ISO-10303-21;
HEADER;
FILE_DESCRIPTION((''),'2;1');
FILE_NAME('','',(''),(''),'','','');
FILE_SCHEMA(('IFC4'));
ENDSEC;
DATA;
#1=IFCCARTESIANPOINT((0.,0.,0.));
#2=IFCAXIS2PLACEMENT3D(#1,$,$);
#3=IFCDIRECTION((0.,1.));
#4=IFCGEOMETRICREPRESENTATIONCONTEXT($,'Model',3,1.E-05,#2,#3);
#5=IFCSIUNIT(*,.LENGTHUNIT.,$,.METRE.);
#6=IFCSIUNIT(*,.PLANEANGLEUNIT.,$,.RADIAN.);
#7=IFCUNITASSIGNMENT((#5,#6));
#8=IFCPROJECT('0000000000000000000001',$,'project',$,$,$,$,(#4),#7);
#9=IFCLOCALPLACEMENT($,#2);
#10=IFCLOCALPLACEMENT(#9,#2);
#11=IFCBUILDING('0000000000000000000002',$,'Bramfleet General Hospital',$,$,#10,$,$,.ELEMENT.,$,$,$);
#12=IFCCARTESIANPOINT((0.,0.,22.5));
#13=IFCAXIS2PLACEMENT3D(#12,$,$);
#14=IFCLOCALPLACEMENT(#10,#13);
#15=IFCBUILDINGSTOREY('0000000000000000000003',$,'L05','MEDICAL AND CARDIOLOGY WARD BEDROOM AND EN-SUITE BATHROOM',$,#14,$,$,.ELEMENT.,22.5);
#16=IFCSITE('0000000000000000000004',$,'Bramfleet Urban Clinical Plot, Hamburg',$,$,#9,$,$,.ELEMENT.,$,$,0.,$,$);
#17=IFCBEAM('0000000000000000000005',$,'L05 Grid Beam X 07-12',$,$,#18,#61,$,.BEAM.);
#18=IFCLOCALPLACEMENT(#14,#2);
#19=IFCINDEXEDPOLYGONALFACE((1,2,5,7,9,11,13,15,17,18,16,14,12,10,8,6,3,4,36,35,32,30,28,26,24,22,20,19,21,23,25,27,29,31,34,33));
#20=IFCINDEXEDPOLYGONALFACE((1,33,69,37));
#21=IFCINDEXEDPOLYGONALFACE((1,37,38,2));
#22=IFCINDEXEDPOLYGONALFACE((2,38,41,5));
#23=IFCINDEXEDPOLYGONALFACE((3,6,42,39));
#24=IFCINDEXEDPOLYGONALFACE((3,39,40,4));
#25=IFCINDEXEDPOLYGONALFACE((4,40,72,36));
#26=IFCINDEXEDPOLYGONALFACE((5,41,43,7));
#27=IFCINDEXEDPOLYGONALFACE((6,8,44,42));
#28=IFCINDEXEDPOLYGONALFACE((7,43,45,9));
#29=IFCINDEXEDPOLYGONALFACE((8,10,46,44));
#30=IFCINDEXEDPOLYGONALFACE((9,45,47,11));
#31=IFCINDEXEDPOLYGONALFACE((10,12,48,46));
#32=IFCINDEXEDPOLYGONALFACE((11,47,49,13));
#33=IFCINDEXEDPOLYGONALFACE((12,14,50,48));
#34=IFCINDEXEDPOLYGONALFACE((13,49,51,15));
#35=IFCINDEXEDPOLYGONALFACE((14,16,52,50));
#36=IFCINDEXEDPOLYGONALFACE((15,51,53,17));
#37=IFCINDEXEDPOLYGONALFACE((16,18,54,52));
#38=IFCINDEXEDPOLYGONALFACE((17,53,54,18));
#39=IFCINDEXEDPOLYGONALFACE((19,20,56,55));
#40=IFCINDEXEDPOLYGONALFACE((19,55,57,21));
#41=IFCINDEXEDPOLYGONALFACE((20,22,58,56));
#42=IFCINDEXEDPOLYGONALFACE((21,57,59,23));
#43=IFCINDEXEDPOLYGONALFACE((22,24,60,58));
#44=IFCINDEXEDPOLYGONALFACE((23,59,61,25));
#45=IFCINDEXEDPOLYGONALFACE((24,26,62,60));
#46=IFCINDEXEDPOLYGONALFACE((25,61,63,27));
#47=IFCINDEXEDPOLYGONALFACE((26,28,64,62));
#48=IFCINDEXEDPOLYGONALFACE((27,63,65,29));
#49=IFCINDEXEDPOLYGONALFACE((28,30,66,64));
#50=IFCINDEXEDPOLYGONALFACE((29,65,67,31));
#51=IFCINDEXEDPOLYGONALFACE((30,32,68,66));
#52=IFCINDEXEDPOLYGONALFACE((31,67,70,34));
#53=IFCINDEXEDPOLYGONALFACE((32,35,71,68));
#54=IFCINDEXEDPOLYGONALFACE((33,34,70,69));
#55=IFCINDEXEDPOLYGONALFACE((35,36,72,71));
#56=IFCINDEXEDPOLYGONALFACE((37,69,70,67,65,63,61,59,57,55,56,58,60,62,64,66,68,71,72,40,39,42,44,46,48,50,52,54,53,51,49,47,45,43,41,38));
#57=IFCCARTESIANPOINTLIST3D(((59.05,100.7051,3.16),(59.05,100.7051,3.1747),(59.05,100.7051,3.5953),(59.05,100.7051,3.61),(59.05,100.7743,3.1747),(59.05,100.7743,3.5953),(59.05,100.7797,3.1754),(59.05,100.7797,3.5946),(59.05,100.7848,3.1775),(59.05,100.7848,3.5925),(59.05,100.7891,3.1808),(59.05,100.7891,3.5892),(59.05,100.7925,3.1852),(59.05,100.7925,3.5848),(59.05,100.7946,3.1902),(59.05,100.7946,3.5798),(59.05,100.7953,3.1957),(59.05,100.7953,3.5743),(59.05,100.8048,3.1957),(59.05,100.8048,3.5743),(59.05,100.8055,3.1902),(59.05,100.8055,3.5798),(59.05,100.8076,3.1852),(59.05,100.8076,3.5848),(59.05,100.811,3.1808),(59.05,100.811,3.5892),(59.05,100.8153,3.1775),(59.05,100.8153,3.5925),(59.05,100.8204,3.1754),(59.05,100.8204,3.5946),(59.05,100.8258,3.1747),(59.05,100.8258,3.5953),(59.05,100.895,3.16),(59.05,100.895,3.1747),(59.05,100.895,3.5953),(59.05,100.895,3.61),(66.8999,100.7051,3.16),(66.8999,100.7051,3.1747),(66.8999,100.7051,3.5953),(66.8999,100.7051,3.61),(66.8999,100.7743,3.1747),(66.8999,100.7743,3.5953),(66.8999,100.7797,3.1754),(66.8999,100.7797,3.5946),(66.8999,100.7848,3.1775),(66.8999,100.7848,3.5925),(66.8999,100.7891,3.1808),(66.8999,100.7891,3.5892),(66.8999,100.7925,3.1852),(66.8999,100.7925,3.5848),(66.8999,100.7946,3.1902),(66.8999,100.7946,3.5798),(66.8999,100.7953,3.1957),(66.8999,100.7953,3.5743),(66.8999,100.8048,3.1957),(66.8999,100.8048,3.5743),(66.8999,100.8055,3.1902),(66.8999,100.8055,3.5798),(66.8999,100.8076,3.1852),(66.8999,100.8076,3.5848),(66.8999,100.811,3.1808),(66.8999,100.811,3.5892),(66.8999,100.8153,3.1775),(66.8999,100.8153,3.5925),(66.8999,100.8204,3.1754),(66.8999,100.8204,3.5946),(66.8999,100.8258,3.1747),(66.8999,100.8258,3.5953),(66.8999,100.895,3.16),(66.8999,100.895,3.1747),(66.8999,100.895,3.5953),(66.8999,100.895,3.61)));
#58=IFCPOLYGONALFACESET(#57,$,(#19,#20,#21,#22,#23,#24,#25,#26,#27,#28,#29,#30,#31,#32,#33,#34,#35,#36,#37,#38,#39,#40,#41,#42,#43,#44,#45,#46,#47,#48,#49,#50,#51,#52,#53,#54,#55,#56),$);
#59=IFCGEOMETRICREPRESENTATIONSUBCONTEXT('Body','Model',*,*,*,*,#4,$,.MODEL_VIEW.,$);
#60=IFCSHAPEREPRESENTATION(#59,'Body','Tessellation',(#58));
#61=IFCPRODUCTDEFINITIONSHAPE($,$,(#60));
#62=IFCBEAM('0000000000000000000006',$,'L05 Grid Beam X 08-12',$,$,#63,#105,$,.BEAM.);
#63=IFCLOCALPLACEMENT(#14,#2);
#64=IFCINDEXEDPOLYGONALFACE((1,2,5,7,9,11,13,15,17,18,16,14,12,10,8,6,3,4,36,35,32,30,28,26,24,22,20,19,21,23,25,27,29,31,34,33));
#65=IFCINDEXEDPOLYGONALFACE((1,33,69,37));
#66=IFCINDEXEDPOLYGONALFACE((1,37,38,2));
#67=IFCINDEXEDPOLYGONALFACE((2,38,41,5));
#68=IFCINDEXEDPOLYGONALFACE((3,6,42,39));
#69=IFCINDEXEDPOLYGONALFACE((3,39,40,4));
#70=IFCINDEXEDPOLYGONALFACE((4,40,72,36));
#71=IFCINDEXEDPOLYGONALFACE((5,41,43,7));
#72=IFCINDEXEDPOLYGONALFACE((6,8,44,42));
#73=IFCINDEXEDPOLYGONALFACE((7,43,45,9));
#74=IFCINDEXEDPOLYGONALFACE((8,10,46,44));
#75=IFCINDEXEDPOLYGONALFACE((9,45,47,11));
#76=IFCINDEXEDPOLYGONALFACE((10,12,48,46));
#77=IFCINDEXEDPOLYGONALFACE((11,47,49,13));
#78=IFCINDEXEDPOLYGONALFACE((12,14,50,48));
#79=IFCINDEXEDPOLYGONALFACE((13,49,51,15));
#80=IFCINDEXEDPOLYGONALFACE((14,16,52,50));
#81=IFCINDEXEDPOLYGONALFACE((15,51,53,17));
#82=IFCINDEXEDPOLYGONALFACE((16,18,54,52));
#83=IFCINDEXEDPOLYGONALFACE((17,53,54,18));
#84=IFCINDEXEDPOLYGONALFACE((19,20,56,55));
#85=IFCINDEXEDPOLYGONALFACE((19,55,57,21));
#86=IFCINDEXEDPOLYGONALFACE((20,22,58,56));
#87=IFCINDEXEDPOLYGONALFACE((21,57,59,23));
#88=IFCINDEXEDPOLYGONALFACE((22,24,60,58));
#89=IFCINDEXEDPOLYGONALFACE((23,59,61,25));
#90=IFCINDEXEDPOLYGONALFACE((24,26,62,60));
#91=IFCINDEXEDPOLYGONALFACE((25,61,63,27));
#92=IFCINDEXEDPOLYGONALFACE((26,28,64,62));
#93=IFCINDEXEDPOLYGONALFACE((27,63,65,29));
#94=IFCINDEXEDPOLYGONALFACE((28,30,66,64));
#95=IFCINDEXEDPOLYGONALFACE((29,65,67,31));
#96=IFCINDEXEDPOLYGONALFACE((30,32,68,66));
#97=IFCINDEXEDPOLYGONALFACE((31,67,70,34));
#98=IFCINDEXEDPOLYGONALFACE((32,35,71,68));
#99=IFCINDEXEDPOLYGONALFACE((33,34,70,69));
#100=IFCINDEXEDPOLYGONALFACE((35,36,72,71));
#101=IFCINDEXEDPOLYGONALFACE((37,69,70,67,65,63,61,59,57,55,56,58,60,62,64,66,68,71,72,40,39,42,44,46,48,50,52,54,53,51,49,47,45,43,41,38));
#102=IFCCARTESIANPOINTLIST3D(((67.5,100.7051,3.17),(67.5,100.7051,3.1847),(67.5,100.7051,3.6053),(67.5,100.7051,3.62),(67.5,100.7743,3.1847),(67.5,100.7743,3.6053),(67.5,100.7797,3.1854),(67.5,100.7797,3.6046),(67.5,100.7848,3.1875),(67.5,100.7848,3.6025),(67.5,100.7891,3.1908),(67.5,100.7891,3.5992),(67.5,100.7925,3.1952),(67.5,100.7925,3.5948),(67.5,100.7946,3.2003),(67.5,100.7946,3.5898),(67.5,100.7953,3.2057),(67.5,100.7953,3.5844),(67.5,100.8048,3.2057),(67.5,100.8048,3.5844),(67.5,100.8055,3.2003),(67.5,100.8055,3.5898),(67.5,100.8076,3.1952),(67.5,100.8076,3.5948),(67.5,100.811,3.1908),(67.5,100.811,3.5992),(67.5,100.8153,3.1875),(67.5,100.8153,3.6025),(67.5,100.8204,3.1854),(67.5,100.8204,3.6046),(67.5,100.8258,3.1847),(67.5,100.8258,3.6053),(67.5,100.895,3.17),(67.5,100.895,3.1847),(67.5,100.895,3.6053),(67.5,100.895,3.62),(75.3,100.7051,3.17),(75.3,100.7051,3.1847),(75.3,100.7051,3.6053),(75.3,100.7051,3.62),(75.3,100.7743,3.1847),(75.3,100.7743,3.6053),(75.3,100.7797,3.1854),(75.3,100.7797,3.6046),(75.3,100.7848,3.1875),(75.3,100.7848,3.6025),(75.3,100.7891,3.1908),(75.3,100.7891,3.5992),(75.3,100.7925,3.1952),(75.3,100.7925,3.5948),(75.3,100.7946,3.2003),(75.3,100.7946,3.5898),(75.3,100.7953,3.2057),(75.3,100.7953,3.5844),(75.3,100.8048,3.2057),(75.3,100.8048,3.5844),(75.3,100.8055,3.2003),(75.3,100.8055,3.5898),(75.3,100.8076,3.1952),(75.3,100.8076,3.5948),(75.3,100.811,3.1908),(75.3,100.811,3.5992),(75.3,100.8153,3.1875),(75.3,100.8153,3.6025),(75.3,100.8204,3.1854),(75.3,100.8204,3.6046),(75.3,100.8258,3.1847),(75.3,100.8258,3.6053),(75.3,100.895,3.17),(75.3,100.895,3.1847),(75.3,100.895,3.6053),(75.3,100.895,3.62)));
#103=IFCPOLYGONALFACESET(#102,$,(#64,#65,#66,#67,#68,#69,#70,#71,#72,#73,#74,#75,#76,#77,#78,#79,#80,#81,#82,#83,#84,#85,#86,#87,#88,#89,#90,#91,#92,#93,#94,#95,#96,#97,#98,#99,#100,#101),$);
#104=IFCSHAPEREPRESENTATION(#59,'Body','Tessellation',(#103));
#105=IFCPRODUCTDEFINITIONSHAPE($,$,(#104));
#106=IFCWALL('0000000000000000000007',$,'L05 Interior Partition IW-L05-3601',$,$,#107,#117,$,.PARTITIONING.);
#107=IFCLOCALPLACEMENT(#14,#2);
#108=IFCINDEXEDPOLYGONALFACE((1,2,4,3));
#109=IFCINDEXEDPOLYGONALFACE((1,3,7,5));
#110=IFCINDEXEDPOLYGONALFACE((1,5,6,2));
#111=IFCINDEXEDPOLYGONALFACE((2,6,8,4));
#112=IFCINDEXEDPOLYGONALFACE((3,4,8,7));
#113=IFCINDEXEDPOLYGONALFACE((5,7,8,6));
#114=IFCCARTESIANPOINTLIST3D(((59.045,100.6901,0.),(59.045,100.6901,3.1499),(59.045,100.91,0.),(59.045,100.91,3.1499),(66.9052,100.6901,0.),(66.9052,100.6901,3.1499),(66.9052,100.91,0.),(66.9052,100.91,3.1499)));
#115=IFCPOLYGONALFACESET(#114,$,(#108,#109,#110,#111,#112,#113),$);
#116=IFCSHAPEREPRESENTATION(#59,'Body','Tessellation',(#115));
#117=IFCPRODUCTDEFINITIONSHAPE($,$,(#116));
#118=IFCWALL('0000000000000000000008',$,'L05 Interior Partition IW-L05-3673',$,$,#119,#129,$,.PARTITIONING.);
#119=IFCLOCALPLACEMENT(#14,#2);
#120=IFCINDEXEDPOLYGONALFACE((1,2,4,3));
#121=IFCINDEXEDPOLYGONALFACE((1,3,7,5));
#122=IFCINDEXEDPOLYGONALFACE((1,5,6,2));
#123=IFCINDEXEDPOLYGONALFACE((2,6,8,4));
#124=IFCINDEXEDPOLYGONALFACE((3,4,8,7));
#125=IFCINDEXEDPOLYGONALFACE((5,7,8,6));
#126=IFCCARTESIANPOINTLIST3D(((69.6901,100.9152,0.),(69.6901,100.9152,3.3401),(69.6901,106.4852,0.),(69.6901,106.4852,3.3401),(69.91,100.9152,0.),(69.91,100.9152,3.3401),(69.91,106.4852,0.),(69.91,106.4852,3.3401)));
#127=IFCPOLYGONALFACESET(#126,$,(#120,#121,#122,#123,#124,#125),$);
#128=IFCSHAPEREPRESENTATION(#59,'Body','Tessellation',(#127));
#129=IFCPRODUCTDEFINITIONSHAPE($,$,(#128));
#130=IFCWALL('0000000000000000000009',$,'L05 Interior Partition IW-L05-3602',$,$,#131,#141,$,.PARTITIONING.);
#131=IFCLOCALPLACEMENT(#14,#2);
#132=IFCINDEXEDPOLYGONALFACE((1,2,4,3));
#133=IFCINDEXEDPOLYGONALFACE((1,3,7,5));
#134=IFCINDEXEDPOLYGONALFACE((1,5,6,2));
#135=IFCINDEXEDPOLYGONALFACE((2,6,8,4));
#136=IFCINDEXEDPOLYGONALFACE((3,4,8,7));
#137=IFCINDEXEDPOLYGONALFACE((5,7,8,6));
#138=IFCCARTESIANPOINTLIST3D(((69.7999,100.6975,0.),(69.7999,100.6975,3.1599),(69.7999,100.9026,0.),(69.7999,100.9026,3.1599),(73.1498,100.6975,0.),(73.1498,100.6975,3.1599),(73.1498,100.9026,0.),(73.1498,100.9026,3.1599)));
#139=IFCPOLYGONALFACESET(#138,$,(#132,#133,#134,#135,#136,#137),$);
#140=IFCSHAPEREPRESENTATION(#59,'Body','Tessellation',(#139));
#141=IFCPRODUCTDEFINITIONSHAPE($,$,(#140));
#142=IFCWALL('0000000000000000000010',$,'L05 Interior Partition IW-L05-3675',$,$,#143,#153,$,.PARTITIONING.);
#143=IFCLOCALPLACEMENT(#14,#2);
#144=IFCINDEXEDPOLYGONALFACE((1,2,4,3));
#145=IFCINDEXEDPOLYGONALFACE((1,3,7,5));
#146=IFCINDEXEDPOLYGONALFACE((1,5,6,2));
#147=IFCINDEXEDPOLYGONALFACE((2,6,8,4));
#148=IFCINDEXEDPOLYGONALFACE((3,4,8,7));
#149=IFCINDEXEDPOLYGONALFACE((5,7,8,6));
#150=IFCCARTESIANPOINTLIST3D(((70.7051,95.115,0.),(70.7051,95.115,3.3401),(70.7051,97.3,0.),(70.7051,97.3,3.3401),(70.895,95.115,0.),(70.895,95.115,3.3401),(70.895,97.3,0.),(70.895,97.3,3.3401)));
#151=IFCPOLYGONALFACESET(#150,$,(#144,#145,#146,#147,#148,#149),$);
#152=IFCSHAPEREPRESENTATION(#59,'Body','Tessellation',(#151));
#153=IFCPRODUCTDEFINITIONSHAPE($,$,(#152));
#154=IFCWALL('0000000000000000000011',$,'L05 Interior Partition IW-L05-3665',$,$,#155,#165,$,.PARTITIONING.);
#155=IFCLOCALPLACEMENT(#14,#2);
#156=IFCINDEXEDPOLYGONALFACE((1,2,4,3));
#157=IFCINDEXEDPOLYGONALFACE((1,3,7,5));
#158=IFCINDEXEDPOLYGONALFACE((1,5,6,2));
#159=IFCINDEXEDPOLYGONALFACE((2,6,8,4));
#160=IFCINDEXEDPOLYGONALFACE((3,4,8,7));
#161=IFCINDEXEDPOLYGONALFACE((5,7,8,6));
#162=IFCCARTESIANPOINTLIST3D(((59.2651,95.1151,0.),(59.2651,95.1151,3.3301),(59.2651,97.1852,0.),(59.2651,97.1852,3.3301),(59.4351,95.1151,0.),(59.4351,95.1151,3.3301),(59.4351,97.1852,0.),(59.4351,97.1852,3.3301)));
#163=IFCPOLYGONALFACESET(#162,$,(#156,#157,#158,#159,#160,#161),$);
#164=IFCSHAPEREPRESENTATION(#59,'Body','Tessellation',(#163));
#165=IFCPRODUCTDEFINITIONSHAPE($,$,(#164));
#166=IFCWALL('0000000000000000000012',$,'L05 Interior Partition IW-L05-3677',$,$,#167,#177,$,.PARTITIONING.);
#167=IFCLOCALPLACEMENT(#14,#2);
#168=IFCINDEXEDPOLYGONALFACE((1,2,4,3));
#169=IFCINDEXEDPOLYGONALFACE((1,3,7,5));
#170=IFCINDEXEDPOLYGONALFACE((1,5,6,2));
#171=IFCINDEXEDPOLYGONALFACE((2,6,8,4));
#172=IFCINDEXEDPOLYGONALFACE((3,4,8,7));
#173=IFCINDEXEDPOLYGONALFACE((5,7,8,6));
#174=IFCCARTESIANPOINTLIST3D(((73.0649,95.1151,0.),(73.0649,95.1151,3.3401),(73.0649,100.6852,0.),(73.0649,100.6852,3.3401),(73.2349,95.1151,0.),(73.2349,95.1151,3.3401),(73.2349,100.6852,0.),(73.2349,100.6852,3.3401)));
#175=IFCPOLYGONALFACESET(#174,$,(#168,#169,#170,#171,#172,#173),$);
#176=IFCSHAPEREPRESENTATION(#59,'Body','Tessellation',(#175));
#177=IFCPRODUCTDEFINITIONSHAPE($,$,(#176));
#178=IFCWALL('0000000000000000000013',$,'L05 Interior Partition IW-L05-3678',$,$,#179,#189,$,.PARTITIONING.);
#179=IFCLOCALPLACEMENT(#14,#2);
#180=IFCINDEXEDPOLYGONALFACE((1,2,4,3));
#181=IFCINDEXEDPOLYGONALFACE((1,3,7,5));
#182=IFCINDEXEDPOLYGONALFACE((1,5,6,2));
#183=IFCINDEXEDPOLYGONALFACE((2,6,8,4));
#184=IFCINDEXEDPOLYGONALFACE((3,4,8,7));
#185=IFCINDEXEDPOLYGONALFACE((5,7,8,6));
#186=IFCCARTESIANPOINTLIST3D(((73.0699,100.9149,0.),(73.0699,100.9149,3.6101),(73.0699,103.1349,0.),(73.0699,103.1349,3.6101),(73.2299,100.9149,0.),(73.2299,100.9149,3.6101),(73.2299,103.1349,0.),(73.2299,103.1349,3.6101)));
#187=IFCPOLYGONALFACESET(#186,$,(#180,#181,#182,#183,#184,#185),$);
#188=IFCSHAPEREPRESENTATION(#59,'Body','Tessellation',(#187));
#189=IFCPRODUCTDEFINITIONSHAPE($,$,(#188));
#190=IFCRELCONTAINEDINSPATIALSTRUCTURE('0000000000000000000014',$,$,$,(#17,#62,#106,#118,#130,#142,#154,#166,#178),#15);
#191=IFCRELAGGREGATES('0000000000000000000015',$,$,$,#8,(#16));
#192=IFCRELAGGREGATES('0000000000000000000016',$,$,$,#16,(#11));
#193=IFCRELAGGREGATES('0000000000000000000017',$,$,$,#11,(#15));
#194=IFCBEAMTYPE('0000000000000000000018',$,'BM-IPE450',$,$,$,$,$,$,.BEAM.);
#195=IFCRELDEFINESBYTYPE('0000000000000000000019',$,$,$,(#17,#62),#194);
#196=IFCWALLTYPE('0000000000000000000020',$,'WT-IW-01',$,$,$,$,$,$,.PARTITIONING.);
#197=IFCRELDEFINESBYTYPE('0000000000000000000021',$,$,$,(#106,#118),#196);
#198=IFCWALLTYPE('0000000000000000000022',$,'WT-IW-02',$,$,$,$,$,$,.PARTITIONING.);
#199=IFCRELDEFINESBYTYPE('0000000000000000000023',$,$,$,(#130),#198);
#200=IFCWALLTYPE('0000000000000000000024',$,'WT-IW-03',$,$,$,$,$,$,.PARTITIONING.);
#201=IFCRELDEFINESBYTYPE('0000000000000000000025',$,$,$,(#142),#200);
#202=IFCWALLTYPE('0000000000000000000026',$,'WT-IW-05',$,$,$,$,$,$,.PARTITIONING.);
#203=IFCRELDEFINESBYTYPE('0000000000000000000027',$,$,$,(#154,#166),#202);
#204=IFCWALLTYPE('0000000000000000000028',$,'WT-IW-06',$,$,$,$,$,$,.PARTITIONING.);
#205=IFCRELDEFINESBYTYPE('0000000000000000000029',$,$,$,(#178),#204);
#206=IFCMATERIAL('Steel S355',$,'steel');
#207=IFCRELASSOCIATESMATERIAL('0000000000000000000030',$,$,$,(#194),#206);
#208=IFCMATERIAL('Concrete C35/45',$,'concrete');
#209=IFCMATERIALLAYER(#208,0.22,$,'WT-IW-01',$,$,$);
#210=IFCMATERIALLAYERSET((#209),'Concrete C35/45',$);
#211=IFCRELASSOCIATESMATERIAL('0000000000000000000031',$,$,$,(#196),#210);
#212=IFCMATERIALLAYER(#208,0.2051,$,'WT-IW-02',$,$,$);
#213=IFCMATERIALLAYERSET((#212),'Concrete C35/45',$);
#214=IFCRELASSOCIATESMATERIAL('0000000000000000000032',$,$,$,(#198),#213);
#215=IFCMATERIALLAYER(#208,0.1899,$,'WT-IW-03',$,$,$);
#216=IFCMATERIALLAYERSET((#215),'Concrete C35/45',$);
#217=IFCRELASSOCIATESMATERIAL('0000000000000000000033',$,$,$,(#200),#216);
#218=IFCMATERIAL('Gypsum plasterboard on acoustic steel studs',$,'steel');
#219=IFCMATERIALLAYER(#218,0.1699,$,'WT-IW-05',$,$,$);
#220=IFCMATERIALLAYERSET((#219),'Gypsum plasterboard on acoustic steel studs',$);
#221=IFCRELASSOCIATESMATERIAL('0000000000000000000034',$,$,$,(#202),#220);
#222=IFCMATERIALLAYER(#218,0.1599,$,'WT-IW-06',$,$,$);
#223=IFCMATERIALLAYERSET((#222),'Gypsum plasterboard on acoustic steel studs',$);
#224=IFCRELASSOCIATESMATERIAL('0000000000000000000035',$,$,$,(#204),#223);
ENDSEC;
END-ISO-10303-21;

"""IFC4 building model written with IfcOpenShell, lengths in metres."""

from ifc_helpers import new_model, si_unit, direction, frame, frame_2d, origin, origin_2d, place, context, subcontext, project, spatial, rectangle, i_section, extrude, material, layer, layer_set, material_profile, profile_set, type_object, element, save


model = new_model("IFC4")

# Units and contexts
model_context = context("Model", 3, precision=1e-05, world=origin(), true_north=direction((0.0, 1.0)))
body_context = subcontext(model_context, "Body", "Model", "MODEL_VIEW")
ifc_project = project(units=[si_unit("LENGTHUNIT", "METRE"), si_unit("PLANEANGLEUNIT", "RADIAN")], contexts=[model_context])

# Site, building, storey
site_placement = place(None, origin())
site = spatial("IfcSite", under=ifc_project, at=site_placement, Name="Bramfleet Urban Clinical Plot, Hamburg", CompositionType="ELEMENT", RefElevation=0.0)
building_placement = place(site_placement, origin())
building = spatial("IfcBuilding", under=site, at=building_placement, Name="Bramfleet General Hospital", CompositionType="ELEMENT")
storey_placement = place(building_placement, frame((0.0, 0.0, 22.5)))
storey = spatial("IfcBuildingStorey", under=building, at=storey_placement, Name="L05", Description="MEDICAL AND CARDIOLOGY WARD BEDROOM AND EN-SUITE BATHROOM", CompositionType="ELEMENT", Elevation=22.5)

# Beams
ifc_material_1 = material(Name="Steel S355", Category="steel")
ifc_material_profile_1 = material_profile(ifc_material_1, i_section(OverallWidth=0.1899, OverallDepth=0.45, WebThickness=0.0095, FlangeThickness=0.0146, FilletRadius=0.021, at=origin_2d()), Name="IPE 450")
ifc_profile_set_1 = profile_set([ifc_material_profile_1], Name="Steel S355")
beam_type_1 = type_object("IfcBeamType", Name="BM-IPE450", PredefinedType="BEAM", material=ifc_profile_set_1)
beam_1_placement = place(storey_placement, frame((59.05, 100.8, 3.385), z_axis=(1.0, 0.0, 0.0), x_axis=(0.0, 1.0, 0.0)))
element("IfcBeam", 1, at=beam_1_placement, inside=storey, type_object=beam_type_1, Name="L05 Grid Beam X 07-12", PredefinedType="BEAM", context=body_context, shape_type="SweptSolid", body=[
    extrude(i_section(OverallWidth=0.1899, OverallDepth=0.45, WebThickness=0.0095, FlangeThickness=0.0146, FilletRadius=0.021, at=origin_2d()), origin(), (0.0, 0.0, 1.0), 7.8499),
])
beam_2_placement = place(storey_placement, frame((67.5, 100.8, 3.395), z_axis=(1.0, 0.0, 0.0), x_axis=(0.0, 1.0, 0.0)))
element("IfcBeam", 2, at=beam_2_placement, inside=storey, type_object=beam_type_1, Name="L05 Grid Beam X 08-12", PredefinedType="BEAM", context=body_context, shape_type="SweptSolid", body=[
    extrude(i_section(OverallWidth=0.1899, OverallDepth=0.45, WebThickness=0.0095, FlangeThickness=0.0146, FilletRadius=0.021, at=origin_2d()), origin(), (0.0, 0.0, 1.0), 7.8),
])

# Wall
ifc_material_2 = material(Name="Concrete C35/45", Category="concrete")
ifc_layer_1 = layer(ifc_material_2, 0.22, Name="WT-IW-01")
ifc_layer_set_1 = layer_set([ifc_layer_1], Name="Concrete C35/45")
wall_type_1 = type_object("IfcWallType", Name="WT-IW-01", PredefinedType="PARTITIONING", material=ifc_layer_set_1)
wall_1_placement = place(storey_placement, frame((59.0449, 100.8, 0.0), z_axis=(0.0, 0.0, 1.0), x_axis=(1.0, 0.0, 0.0)))
element("IfcWall", 3, at=wall_1_placement, inside=storey, type_object=wall_type_1, Name="L05 Interior Partition IW-L05-3601", PredefinedType="PARTITIONING", context=body_context, shape_type="SweptSolid", body=[
    extrude(rectangle(XDim=7.8601, YDim=0.22, at=frame_2d((3.9302, 0.0))), origin(), (0.0, 0.0, 1.0), 3.1499),
])

# Walls
wall_2_placement = place(storey_placement, frame((69.8, 100.915, 0.0), z_axis=(0.0, 0.0, 1.0), x_axis=(0.0, 1.0, 0.0)))
element("IfcWall", 4, at=wall_2_placement, inside=storey, type_object=wall_type_1, Name="L05 Interior Partition IW-L05-3673", PredefinedType="PARTITIONING", context=body_context, shape_type="SweptSolid", body=[
    extrude(rectangle(XDim=5.5701, YDim=0.22, at=frame_2d((2.7852, 0.0))), origin(), (0.0, 0.0, 1.0), 3.3401),
])
ifc_layer_2 = layer(ifc_material_2, 0.2051, Name="WT-IW-02")
ifc_layer_set_2 = layer_set([ifc_layer_2], Name="Concrete C35/45")
wall_type_2 = type_object("IfcWallType", Name="WT-IW-02", PredefinedType="PARTITIONING", material=ifc_layer_set_2)
wall_3_placement = place(storey_placement, frame((69.8, 100.8, 0.0), z_axis=(0.0, 0.0, 1.0), x_axis=(1.0, 0.0, 0.0)))
element("IfcWall", 5, at=wall_3_placement, inside=storey, type_object=wall_type_2, Name="L05 Interior Partition IW-L05-3602", PredefinedType="PARTITIONING", context=body_context, shape_type="SweptSolid", body=[
    extrude(rectangle(XDim=3.3499, YDim=0.2051, at=frame_2d((1.6748, 0.0))), origin(), (0.0, 0.0, 1.0), 3.1599),
])
ifc_layer_3 = layer(ifc_material_2, 0.1899, Name="WT-IW-03")
ifc_layer_set_3 = layer_set([ifc_layer_3], Name="Concrete C35/45")
wall_type_3 = type_object("IfcWallType", Name="WT-IW-03", PredefinedType="PARTITIONING", material=ifc_layer_set_3)
wall_4_placement = place(storey_placement, frame((70.8, 95.115, 0.0), z_axis=(0.0, 0.0, 1.0), x_axis=(0.0, 1.0, 0.0)))
element("IfcWall", 6, at=wall_4_placement, inside=storey, type_object=wall_type_3, Name="L05 Interior Partition IW-L05-3675", PredefinedType="PARTITIONING", context=body_context, shape_type="SweptSolid", body=[
    extrude(rectangle(XDim=2.1851, YDim=0.1899, at=frame_2d((1.0925, 0.0))), origin(), (0.0, 0.0, 1.0), 3.3401),
])
ifc_material_3 = material(Name="Gypsum plasterboard on acoustic steel studs", Category="steel")
ifc_layer_4 = layer(ifc_material_3, 0.1699, Name="WT-IW-05")
ifc_layer_set_4 = layer_set([ifc_layer_4], Name="Gypsum plasterboard on acoustic steel studs")
wall_type_4 = type_object("IfcWallType", Name="WT-IW-05", PredefinedType="PARTITIONING", material=ifc_layer_set_4)
wall_5_placement = place(storey_placement, frame((59.3501, 95.115, 0.0), z_axis=(0.0, 0.0, 1.0), x_axis=(0.0, 1.0, 0.0)))
element("IfcWall", 7, at=wall_5_placement, inside=storey, type_object=wall_type_4, Name="L05 Interior Partition IW-L05-3665", PredefinedType="PARTITIONING", context=body_context, shape_type="SweptSolid", body=[
    extrude(rectangle(XDim=2.0701, YDim=0.1699, at=frame_2d((1.0352, 0.0))), origin(), (0.0, 0.0, 1.0), 3.3301),
])
wall_6_placement = place(storey_placement, frame((73.1499, 95.115, 0.0), z_axis=(0.0, 0.0, 1.0), x_axis=(0.0, 1.0, 0.0)))
element("IfcWall", 8, at=wall_6_placement, inside=storey, type_object=wall_type_4, Name="L05 Interior Partition IW-L05-3677", PredefinedType="PARTITIONING", context=body_context, shape_type="SweptSolid", body=[
    extrude(rectangle(XDim=5.5701, YDim=0.1699, at=frame_2d((2.7852, 0.0))), origin(), (0.0, 0.0, 1.0), 3.3401),
])
ifc_layer_5 = layer(ifc_material_3, 0.1599, Name="WT-IW-06")
ifc_layer_set_5 = layer_set([ifc_layer_5], Name="Gypsum plasterboard on acoustic steel studs")
wall_type_5 = type_object("IfcWallType", Name="WT-IW-06", PredefinedType="PARTITIONING", material=ifc_layer_set_5)
wall_7_placement = place(storey_placement, frame((73.1499, 100.915, 0.0), z_axis=(0.0, 0.0, 1.0), x_axis=(0.0, 1.0, 0.0)))
element("IfcWall", 9, at=wall_7_placement, inside=storey, type_object=wall_type_5, Name="L05 Interior Partition IW-L05-3678", PredefinedType="PARTITIONING", context=body_context, shape_type="SweptSolid", body=[
    extrude(rectangle(XDim=2.22, YDim=0.1599, at=frame_2d((1.1099, 0.0))), origin(), (0.0, 0.0, 1.0), 3.6101),
])

save(model, "model.ifc")
